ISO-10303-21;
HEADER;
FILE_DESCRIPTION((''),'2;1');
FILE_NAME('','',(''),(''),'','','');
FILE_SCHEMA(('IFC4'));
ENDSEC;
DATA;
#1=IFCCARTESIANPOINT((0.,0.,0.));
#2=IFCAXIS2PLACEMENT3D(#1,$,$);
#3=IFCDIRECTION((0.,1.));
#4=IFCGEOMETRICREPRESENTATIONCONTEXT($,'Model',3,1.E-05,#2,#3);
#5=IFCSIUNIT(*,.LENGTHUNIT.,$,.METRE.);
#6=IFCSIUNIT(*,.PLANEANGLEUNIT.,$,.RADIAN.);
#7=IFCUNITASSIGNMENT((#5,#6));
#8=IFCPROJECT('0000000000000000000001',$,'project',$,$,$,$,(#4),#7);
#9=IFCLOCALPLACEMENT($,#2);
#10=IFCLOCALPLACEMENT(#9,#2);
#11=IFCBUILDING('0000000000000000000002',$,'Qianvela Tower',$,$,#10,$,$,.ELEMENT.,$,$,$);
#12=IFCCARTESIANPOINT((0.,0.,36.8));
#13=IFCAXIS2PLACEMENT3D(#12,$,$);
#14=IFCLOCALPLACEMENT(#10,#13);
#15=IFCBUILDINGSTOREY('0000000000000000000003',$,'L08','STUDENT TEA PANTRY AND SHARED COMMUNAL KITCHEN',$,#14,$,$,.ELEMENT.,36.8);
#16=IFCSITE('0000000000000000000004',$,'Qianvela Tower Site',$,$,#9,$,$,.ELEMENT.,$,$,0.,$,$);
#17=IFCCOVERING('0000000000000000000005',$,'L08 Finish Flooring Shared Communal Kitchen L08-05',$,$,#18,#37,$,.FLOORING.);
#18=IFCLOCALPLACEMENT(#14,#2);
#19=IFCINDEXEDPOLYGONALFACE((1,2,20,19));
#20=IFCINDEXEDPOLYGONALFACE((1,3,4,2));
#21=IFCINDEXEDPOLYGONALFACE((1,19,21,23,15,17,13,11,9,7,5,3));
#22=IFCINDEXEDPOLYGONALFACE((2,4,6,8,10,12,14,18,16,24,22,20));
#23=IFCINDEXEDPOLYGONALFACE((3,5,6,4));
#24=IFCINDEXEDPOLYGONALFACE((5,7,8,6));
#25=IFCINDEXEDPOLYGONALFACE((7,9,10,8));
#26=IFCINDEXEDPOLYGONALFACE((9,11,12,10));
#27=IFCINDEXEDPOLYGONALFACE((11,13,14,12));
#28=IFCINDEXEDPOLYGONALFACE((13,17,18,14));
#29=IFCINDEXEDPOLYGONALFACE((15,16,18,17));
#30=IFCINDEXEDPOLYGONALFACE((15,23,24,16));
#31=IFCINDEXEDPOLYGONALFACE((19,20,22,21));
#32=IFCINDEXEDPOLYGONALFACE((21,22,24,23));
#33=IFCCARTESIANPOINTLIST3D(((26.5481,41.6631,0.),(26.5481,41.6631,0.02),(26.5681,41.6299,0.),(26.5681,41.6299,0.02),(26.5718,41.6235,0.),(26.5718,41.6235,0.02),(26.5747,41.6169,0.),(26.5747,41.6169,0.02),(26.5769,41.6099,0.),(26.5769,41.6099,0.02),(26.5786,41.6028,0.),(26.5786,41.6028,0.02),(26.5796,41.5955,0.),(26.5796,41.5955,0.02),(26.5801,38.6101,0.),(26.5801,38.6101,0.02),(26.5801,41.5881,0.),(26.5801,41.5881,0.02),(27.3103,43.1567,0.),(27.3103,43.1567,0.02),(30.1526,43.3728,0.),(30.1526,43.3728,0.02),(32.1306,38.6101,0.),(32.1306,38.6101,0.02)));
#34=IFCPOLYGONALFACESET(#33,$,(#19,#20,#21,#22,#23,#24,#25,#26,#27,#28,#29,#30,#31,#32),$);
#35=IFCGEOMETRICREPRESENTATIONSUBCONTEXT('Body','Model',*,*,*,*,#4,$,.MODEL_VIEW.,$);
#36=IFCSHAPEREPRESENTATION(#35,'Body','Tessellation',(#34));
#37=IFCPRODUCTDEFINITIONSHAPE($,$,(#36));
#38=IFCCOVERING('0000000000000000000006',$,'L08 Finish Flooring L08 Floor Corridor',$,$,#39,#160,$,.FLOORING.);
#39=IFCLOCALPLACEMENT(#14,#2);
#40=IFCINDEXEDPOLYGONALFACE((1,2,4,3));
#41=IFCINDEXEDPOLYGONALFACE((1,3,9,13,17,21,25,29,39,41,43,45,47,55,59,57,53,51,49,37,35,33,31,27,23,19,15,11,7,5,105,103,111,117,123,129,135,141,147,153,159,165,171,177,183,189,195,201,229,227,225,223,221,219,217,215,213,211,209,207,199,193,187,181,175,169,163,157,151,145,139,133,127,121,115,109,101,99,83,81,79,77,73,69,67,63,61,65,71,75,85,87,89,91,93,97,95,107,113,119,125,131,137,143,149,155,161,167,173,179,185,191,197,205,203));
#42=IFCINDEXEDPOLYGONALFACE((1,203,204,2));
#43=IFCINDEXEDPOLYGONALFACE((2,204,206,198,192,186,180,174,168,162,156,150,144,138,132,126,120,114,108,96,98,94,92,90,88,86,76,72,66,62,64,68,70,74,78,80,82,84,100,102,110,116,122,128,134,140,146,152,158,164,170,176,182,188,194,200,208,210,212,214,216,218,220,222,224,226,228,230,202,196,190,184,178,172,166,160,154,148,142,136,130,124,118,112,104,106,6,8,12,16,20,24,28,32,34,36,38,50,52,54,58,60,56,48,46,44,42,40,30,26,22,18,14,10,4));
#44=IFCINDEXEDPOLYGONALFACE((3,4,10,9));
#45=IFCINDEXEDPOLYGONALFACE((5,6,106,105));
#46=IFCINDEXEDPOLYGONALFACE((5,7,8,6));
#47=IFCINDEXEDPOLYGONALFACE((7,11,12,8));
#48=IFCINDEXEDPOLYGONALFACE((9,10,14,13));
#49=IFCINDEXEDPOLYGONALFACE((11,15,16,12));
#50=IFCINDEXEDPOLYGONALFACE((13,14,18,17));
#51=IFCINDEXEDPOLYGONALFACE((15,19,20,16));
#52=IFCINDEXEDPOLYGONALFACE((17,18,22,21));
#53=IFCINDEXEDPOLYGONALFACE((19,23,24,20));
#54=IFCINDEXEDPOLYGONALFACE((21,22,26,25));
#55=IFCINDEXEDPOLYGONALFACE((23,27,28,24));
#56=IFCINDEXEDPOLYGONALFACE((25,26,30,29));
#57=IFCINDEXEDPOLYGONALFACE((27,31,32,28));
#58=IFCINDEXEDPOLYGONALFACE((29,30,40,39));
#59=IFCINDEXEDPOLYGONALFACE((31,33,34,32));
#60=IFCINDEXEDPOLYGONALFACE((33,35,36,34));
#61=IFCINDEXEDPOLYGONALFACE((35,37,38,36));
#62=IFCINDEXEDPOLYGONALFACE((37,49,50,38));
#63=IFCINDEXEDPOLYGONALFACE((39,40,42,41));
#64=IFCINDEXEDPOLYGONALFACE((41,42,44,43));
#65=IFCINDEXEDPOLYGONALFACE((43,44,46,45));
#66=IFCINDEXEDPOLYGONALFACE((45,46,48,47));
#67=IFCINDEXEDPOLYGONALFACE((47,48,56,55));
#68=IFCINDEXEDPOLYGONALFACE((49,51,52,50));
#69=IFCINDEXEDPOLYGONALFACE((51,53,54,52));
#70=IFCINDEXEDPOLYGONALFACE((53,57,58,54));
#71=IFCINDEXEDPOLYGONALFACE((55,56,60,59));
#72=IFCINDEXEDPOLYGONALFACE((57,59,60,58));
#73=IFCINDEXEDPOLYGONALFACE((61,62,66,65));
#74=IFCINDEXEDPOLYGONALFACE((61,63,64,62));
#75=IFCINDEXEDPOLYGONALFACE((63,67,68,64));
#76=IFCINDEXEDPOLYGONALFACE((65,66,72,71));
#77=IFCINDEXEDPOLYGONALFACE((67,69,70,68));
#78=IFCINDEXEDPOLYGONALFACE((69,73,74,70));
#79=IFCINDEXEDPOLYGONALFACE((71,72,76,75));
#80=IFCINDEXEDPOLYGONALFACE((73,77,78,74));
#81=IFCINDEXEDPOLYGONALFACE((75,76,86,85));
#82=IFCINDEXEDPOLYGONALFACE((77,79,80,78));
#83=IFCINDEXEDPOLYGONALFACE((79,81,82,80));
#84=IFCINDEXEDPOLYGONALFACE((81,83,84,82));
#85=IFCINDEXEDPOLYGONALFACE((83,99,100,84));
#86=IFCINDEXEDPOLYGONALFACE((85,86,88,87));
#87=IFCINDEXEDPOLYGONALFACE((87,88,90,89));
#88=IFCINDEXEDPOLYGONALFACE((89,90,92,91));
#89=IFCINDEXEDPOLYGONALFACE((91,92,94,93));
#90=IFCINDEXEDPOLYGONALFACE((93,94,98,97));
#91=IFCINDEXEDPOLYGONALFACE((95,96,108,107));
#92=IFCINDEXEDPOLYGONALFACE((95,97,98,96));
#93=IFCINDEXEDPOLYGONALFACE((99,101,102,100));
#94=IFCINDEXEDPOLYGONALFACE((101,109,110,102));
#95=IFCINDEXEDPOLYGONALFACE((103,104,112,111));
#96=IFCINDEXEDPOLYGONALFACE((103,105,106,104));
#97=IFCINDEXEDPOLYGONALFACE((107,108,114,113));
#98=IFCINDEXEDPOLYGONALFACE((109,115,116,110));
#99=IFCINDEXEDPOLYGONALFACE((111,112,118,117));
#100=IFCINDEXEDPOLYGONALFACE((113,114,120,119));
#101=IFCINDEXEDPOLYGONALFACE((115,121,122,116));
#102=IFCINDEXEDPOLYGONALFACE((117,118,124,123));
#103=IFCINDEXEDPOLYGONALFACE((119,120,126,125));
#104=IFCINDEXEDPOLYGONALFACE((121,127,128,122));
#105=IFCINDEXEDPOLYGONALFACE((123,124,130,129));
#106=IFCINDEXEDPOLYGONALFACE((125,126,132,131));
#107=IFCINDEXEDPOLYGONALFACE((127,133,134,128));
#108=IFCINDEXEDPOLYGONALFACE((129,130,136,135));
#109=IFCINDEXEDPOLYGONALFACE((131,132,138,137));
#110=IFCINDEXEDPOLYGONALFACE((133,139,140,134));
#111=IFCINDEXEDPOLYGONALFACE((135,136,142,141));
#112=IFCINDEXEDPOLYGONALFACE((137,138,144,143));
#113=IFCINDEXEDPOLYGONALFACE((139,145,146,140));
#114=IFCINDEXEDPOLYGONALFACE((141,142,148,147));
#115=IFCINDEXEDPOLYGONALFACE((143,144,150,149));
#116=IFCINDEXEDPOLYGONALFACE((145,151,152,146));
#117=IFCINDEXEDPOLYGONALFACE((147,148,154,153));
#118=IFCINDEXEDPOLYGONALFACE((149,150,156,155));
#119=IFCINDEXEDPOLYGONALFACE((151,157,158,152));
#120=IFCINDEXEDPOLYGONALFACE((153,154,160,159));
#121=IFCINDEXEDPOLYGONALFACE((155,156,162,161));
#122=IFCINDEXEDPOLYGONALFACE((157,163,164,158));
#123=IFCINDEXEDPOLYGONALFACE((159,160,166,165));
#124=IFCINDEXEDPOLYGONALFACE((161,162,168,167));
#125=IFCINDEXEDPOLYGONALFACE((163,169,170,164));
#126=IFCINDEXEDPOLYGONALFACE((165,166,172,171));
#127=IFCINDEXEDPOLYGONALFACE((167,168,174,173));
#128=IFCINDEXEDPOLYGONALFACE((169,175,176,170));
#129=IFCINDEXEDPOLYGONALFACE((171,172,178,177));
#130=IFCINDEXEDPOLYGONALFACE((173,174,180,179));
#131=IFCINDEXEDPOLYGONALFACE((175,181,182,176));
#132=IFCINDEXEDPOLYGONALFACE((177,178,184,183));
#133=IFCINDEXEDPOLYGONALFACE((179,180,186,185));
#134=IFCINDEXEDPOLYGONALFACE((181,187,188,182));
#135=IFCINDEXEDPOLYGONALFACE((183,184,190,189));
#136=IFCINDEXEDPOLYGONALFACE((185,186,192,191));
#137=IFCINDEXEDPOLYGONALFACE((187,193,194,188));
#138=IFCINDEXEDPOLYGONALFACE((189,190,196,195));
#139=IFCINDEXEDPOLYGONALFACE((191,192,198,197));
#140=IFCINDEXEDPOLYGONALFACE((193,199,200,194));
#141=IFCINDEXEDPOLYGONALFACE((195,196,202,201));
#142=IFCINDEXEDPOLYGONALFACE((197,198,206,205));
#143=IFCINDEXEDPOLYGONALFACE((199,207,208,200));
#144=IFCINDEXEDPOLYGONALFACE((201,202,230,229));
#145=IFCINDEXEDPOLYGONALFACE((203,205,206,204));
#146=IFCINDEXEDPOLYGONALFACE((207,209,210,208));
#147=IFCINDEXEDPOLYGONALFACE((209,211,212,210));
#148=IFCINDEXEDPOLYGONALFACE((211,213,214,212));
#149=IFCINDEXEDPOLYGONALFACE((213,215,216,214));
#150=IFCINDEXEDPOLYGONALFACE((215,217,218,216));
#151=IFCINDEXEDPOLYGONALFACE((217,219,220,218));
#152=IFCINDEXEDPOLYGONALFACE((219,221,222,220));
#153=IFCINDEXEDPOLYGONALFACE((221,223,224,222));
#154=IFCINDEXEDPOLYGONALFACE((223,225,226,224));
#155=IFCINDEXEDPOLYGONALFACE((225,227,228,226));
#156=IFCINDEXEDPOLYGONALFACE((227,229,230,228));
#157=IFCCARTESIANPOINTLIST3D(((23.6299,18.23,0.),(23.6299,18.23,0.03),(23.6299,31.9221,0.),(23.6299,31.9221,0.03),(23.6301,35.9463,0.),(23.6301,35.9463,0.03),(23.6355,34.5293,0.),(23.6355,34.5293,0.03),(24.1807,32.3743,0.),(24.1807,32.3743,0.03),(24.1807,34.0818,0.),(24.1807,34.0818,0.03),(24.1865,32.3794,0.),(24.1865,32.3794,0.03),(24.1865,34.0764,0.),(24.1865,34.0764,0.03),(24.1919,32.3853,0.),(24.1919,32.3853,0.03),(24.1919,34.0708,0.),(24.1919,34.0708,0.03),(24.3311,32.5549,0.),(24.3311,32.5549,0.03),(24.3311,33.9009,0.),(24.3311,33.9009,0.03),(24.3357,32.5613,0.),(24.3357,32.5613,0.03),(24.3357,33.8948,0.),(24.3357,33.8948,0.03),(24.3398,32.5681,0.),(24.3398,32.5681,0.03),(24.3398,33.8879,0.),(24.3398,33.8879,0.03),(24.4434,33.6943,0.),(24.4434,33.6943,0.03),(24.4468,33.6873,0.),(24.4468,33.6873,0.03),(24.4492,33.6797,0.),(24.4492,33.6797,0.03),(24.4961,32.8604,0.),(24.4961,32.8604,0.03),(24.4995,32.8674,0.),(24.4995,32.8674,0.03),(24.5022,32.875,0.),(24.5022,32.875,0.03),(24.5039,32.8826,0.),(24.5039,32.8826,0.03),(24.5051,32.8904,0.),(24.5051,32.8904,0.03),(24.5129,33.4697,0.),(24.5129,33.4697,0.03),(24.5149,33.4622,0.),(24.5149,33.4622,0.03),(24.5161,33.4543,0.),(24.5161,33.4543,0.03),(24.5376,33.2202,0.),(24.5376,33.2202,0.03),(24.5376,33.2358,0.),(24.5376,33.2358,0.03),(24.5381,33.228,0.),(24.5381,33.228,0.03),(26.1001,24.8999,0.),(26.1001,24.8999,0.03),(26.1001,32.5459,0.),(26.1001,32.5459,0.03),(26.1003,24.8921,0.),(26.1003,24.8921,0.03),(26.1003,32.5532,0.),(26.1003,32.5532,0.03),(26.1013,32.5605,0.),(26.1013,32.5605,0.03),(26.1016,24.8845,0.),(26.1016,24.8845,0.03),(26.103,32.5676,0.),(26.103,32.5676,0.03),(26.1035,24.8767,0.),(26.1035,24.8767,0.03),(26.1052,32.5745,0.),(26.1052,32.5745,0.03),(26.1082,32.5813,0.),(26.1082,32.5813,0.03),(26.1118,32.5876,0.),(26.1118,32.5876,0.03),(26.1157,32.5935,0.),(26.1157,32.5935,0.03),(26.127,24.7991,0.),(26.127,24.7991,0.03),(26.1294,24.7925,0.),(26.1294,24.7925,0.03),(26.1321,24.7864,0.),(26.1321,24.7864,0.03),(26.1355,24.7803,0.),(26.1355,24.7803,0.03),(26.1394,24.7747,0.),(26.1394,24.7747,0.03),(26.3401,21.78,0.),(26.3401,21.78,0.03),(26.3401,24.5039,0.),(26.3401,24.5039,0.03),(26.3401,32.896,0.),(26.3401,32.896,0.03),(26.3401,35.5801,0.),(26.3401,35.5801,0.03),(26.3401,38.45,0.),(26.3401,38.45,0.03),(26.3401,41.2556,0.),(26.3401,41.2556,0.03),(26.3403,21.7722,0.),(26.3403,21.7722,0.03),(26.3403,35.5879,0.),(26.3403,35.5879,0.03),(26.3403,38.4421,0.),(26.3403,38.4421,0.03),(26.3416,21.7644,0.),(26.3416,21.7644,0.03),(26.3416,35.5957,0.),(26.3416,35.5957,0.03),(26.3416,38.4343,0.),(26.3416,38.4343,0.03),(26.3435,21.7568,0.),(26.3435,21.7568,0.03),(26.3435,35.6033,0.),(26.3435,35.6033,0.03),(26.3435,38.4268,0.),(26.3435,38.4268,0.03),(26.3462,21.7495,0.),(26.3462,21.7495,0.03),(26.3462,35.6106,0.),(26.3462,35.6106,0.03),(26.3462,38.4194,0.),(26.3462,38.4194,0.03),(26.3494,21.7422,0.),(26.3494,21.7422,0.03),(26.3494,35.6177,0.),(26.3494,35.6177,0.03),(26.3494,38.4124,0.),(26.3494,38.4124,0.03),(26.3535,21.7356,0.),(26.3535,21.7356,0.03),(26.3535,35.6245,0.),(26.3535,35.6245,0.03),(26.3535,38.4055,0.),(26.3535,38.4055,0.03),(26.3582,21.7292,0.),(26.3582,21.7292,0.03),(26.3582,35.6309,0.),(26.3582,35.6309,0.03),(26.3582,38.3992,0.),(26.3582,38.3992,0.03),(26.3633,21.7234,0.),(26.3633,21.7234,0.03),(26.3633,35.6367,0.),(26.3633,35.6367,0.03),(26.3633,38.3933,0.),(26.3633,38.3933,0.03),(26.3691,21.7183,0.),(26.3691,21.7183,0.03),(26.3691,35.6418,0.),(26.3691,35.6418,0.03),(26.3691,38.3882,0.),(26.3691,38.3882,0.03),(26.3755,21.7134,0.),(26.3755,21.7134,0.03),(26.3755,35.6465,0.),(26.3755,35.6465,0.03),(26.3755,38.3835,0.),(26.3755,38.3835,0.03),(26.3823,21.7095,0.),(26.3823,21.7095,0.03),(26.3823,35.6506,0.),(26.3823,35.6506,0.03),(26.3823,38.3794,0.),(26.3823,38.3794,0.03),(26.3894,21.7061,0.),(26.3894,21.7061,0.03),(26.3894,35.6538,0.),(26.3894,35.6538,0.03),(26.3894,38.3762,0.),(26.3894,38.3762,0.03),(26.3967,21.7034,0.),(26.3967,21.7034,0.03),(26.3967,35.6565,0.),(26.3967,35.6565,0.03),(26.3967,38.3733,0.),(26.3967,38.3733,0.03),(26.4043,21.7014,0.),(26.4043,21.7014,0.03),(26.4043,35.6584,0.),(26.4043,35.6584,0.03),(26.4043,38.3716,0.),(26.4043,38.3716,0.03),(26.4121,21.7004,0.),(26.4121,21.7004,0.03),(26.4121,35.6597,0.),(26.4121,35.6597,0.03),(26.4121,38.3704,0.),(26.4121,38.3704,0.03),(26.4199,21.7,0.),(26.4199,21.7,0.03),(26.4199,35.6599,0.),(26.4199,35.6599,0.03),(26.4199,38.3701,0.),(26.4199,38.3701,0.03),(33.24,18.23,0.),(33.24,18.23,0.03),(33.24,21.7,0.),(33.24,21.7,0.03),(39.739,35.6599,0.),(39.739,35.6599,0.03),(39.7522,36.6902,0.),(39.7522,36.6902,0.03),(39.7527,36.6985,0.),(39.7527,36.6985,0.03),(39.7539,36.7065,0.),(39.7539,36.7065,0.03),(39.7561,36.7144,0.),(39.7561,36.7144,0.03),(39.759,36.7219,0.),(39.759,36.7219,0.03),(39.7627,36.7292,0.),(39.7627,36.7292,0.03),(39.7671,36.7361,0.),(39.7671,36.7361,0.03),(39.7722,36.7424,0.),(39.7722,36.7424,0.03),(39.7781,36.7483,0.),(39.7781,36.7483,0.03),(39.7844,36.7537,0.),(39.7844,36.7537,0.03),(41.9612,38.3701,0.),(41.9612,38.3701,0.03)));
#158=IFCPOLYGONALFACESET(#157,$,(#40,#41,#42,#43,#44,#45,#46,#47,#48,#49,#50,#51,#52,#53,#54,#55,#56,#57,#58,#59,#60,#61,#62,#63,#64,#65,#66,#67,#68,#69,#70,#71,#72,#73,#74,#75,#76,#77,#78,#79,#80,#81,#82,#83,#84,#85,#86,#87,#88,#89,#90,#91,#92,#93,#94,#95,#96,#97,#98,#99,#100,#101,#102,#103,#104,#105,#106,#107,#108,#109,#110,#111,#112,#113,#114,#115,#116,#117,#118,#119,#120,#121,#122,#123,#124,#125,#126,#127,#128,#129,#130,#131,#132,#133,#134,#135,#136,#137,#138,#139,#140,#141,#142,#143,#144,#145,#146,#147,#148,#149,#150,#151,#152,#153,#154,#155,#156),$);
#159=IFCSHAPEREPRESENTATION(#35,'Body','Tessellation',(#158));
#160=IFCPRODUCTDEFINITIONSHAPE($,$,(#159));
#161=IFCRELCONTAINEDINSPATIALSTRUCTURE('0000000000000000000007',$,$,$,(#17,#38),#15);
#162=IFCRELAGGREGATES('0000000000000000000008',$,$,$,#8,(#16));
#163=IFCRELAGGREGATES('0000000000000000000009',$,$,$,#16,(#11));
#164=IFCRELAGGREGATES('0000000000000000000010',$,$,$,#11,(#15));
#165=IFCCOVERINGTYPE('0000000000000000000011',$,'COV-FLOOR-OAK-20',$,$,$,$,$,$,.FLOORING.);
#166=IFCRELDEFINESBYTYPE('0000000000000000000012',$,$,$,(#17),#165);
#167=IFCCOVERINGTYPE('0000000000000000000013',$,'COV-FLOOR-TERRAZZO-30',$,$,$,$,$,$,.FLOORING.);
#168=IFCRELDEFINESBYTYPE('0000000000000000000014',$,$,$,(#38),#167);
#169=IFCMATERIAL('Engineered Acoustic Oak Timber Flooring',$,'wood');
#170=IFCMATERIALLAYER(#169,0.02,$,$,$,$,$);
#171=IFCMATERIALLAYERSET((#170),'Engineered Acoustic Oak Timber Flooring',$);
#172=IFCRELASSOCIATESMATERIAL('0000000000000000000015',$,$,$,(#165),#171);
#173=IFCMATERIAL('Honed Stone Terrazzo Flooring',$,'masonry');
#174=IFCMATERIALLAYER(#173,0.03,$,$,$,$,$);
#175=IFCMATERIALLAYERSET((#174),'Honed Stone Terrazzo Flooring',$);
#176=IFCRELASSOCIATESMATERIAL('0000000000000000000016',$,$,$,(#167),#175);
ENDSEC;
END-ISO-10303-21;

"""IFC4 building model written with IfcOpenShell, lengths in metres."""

from ifc_helpers import new_model, si_unit, direction, frame, origin, place, context, subcontext, project, spatial, polyline, outline, extrude, material, layer, layer_set, type_object, element, save


model = new_model("IFC4")

# Units and contexts
model_context = context("Model", 3, precision=1e-05, world=origin(), true_north=direction((0.0, 1.0)))
body_context = subcontext(model_context, "Body", "Model", "MODEL_VIEW")
ifc_project = project(units=[si_unit("LENGTHUNIT", "METRE"), si_unit("PLANEANGLEUNIT", "RADIAN")], contexts=[model_context])

# Site, building, storey
site_placement = place(None, origin())
site = spatial("IfcSite", under=ifc_project, at=site_placement, Name="Qianvela Tower Site", CompositionType="ELEMENT", RefElevation=0.0)
building_placement = place(site_placement, origin())
building = spatial("IfcBuilding", under=site, at=building_placement, Name="Qianvela Tower", CompositionType="ELEMENT")
storey_placement = place(building_placement, frame((0.0, 0.0, 36.8)))
storey = spatial("IfcBuildingStorey", under=building, at=storey_placement, Name="L08", Description="STUDENT TEA PANTRY AND SHARED COMMUNAL KITCHEN", CompositionType="ELEMENT", Elevation=36.8)

# Coverings
ifc_material_1 = material(Name="Engineered Acoustic Oak Timber Flooring", Category="wood")
ifc_layer_1 = layer(ifc_material_1, 0.02)
ifc_layer_set_1 = layer_set([ifc_layer_1], Name="Engineered Acoustic Oak Timber Flooring")
covering_type_1 = type_object("IfcCoveringType", Name="COV-FLOOR-OAK-20", PredefinedType="FLOORING", material=ifc_layer_set_1)
covering_1_placement = place(storey_placement, origin())
element("IfcCovering", 1, at=covering_1_placement, inside=storey, type_object=covering_type_1, Name="L08 Finish Flooring Shared Communal Kitchen L08-05", PredefinedType="FLOORING", context=body_context, shape_type="SweptSolid", body=[
    extrude(outline(polyline([(26.5801, 41.5881), (26.5796, 41.5955), (26.5786, 41.6028), (26.5769, 41.6099), (26.5747, 41.6169), (26.5718, 41.6235), (26.5681, 41.6299), (26.5481, 41.6631), (27.3103, 43.1567), (30.1526, 43.3728), (32.1306, 38.6101), (26.5801, 38.6101), (26.5801, 41.5881)])), origin(), (0.0, 0.0, 1.0), 0.02),
])
ifc_material_2 = material(Name="Honed Stone Terrazzo Flooring", Category="masonry")
ifc_layer_2 = layer(ifc_material_2, 0.03)
ifc_layer_set_2 = layer_set([ifc_layer_2], Name="Honed Stone Terrazzo Flooring")
covering_type_2 = type_object("IfcCoveringType", Name="COV-FLOOR-TERRAZZO-30", PredefinedType="FLOORING", material=ifc_layer_set_2)
covering_2_placement = place(storey_placement, origin())
element("IfcCovering", 2, at=covering_2_placement, inside=storey, type_object=covering_type_2, Name="L08 Finish Flooring L08 Floor Corridor", PredefinedType="FLOORING", context=body_context, shape_type="SweptSolid", body=[
    extrude(outline(polyline([(24.5161, 33.4543), (24.5149, 33.4622), (24.5129, 33.4697), (24.4492, 33.6797), (24.4468, 33.6873), (24.4434, 33.6943), (24.3398, 33.8879), (24.3357, 33.8948), (24.3311, 33.9009), (24.1919, 34.0708), (24.1865, 34.0764), (24.1807, 34.0818), (23.6355, 34.5293), (23.6301, 35.9463), (26.3401, 41.2556), (26.3401, 38.45), (26.3403, 38.4421), (26.3416, 38.4343), (26.3435, 38.4268), (26.3462, 38.4194), (26.3494, 38.4124), (26.3535, 38.4055), (26.3582, 38.3992), (26.3633, 38.3933), (26.3691, 38.3882), (26.3755, 38.3835), (26.3823, 38.3794), (26.3894, 38.3762), (26.3967, 38.3733), (26.4043, 38.3716), (26.4121, 38.3704), (26.4199, 38.3701), (41.9612, 38.3701), (39.7844, 36.7537), (39.7781, 36.7483), (39.7722, 36.7424), (39.7671, 36.7361), (39.7627, 36.7292), (39.759, 36.7219), (39.7561, 36.7144), (39.7539, 36.7065), (39.7527, 36.6985), (39.7522, 36.6902), (39.739, 35.6599), (26.4199, 35.6599), (26.4121, 35.6597), (26.4043, 35.6584), (26.3967, 35.6565), (26.3894, 35.6538), (26.3823, 35.6506), (26.3755, 35.6465), (26.3691, 35.6418), (26.3633, 35.6367), (26.3582, 35.6309), (26.3535, 35.6245), (26.3494, 35.6177), (26.3462, 35.6106), (26.3435, 35.6033), (26.3416, 35.5957), (26.3403, 35.5879), (26.3401, 35.5801), (26.3401, 32.896), (26.1157, 32.5935), (26.1118, 32.5876), (26.1082, 32.5813), (26.1052, 32.5745), (26.103, 32.5676), (26.1013, 32.5605), (26.1003, 32.5532), (26.1001, 32.5459), (26.1001, 24.8999), (26.1003, 24.8921), (26.1016, 24.8845), (26.1035, 24.8767), (26.127, 24.7991), (26.1294, 24.7925), (26.1321, 24.7864), (26.1355, 24.7803), (26.1394, 24.7747), (26.3401, 24.5039), (26.3401, 21.78), (26.3403, 21.7722), (26.3416, 21.7644), (26.3435, 21.7568), (26.3462, 21.7495), (26.3494, 21.7422), (26.3535, 21.7356), (26.3582, 21.7292), (26.3633, 21.7234), (26.3691, 21.7183), (26.3755, 21.7134), (26.3823, 21.7095), (26.3894, 21.7061), (26.3967, 21.7034), (26.4043, 21.7014), (26.4121, 21.7004), (26.4199, 21.7), (33.24, 21.7), (33.24, 18.23), (23.6299, 18.23), (23.6299, 31.9221), (24.1807, 32.3743), (24.1865, 32.3794), (24.1919, 32.3853), (24.3311, 32.5549), (24.3357, 32.5613), (24.3398, 32.5681), (24.4961, 32.8604), (24.4995, 32.8674), (24.5022, 32.875), (24.5039, 32.8826), (24.5051, 32.8904), (24.5376, 33.2202), (24.5381, 33.228), (24.5376, 33.2358), (24.5161, 33.4543)])), origin(), (0.0, 0.0, 1.0), 0.03),
])

save(model, "model.ifc")
